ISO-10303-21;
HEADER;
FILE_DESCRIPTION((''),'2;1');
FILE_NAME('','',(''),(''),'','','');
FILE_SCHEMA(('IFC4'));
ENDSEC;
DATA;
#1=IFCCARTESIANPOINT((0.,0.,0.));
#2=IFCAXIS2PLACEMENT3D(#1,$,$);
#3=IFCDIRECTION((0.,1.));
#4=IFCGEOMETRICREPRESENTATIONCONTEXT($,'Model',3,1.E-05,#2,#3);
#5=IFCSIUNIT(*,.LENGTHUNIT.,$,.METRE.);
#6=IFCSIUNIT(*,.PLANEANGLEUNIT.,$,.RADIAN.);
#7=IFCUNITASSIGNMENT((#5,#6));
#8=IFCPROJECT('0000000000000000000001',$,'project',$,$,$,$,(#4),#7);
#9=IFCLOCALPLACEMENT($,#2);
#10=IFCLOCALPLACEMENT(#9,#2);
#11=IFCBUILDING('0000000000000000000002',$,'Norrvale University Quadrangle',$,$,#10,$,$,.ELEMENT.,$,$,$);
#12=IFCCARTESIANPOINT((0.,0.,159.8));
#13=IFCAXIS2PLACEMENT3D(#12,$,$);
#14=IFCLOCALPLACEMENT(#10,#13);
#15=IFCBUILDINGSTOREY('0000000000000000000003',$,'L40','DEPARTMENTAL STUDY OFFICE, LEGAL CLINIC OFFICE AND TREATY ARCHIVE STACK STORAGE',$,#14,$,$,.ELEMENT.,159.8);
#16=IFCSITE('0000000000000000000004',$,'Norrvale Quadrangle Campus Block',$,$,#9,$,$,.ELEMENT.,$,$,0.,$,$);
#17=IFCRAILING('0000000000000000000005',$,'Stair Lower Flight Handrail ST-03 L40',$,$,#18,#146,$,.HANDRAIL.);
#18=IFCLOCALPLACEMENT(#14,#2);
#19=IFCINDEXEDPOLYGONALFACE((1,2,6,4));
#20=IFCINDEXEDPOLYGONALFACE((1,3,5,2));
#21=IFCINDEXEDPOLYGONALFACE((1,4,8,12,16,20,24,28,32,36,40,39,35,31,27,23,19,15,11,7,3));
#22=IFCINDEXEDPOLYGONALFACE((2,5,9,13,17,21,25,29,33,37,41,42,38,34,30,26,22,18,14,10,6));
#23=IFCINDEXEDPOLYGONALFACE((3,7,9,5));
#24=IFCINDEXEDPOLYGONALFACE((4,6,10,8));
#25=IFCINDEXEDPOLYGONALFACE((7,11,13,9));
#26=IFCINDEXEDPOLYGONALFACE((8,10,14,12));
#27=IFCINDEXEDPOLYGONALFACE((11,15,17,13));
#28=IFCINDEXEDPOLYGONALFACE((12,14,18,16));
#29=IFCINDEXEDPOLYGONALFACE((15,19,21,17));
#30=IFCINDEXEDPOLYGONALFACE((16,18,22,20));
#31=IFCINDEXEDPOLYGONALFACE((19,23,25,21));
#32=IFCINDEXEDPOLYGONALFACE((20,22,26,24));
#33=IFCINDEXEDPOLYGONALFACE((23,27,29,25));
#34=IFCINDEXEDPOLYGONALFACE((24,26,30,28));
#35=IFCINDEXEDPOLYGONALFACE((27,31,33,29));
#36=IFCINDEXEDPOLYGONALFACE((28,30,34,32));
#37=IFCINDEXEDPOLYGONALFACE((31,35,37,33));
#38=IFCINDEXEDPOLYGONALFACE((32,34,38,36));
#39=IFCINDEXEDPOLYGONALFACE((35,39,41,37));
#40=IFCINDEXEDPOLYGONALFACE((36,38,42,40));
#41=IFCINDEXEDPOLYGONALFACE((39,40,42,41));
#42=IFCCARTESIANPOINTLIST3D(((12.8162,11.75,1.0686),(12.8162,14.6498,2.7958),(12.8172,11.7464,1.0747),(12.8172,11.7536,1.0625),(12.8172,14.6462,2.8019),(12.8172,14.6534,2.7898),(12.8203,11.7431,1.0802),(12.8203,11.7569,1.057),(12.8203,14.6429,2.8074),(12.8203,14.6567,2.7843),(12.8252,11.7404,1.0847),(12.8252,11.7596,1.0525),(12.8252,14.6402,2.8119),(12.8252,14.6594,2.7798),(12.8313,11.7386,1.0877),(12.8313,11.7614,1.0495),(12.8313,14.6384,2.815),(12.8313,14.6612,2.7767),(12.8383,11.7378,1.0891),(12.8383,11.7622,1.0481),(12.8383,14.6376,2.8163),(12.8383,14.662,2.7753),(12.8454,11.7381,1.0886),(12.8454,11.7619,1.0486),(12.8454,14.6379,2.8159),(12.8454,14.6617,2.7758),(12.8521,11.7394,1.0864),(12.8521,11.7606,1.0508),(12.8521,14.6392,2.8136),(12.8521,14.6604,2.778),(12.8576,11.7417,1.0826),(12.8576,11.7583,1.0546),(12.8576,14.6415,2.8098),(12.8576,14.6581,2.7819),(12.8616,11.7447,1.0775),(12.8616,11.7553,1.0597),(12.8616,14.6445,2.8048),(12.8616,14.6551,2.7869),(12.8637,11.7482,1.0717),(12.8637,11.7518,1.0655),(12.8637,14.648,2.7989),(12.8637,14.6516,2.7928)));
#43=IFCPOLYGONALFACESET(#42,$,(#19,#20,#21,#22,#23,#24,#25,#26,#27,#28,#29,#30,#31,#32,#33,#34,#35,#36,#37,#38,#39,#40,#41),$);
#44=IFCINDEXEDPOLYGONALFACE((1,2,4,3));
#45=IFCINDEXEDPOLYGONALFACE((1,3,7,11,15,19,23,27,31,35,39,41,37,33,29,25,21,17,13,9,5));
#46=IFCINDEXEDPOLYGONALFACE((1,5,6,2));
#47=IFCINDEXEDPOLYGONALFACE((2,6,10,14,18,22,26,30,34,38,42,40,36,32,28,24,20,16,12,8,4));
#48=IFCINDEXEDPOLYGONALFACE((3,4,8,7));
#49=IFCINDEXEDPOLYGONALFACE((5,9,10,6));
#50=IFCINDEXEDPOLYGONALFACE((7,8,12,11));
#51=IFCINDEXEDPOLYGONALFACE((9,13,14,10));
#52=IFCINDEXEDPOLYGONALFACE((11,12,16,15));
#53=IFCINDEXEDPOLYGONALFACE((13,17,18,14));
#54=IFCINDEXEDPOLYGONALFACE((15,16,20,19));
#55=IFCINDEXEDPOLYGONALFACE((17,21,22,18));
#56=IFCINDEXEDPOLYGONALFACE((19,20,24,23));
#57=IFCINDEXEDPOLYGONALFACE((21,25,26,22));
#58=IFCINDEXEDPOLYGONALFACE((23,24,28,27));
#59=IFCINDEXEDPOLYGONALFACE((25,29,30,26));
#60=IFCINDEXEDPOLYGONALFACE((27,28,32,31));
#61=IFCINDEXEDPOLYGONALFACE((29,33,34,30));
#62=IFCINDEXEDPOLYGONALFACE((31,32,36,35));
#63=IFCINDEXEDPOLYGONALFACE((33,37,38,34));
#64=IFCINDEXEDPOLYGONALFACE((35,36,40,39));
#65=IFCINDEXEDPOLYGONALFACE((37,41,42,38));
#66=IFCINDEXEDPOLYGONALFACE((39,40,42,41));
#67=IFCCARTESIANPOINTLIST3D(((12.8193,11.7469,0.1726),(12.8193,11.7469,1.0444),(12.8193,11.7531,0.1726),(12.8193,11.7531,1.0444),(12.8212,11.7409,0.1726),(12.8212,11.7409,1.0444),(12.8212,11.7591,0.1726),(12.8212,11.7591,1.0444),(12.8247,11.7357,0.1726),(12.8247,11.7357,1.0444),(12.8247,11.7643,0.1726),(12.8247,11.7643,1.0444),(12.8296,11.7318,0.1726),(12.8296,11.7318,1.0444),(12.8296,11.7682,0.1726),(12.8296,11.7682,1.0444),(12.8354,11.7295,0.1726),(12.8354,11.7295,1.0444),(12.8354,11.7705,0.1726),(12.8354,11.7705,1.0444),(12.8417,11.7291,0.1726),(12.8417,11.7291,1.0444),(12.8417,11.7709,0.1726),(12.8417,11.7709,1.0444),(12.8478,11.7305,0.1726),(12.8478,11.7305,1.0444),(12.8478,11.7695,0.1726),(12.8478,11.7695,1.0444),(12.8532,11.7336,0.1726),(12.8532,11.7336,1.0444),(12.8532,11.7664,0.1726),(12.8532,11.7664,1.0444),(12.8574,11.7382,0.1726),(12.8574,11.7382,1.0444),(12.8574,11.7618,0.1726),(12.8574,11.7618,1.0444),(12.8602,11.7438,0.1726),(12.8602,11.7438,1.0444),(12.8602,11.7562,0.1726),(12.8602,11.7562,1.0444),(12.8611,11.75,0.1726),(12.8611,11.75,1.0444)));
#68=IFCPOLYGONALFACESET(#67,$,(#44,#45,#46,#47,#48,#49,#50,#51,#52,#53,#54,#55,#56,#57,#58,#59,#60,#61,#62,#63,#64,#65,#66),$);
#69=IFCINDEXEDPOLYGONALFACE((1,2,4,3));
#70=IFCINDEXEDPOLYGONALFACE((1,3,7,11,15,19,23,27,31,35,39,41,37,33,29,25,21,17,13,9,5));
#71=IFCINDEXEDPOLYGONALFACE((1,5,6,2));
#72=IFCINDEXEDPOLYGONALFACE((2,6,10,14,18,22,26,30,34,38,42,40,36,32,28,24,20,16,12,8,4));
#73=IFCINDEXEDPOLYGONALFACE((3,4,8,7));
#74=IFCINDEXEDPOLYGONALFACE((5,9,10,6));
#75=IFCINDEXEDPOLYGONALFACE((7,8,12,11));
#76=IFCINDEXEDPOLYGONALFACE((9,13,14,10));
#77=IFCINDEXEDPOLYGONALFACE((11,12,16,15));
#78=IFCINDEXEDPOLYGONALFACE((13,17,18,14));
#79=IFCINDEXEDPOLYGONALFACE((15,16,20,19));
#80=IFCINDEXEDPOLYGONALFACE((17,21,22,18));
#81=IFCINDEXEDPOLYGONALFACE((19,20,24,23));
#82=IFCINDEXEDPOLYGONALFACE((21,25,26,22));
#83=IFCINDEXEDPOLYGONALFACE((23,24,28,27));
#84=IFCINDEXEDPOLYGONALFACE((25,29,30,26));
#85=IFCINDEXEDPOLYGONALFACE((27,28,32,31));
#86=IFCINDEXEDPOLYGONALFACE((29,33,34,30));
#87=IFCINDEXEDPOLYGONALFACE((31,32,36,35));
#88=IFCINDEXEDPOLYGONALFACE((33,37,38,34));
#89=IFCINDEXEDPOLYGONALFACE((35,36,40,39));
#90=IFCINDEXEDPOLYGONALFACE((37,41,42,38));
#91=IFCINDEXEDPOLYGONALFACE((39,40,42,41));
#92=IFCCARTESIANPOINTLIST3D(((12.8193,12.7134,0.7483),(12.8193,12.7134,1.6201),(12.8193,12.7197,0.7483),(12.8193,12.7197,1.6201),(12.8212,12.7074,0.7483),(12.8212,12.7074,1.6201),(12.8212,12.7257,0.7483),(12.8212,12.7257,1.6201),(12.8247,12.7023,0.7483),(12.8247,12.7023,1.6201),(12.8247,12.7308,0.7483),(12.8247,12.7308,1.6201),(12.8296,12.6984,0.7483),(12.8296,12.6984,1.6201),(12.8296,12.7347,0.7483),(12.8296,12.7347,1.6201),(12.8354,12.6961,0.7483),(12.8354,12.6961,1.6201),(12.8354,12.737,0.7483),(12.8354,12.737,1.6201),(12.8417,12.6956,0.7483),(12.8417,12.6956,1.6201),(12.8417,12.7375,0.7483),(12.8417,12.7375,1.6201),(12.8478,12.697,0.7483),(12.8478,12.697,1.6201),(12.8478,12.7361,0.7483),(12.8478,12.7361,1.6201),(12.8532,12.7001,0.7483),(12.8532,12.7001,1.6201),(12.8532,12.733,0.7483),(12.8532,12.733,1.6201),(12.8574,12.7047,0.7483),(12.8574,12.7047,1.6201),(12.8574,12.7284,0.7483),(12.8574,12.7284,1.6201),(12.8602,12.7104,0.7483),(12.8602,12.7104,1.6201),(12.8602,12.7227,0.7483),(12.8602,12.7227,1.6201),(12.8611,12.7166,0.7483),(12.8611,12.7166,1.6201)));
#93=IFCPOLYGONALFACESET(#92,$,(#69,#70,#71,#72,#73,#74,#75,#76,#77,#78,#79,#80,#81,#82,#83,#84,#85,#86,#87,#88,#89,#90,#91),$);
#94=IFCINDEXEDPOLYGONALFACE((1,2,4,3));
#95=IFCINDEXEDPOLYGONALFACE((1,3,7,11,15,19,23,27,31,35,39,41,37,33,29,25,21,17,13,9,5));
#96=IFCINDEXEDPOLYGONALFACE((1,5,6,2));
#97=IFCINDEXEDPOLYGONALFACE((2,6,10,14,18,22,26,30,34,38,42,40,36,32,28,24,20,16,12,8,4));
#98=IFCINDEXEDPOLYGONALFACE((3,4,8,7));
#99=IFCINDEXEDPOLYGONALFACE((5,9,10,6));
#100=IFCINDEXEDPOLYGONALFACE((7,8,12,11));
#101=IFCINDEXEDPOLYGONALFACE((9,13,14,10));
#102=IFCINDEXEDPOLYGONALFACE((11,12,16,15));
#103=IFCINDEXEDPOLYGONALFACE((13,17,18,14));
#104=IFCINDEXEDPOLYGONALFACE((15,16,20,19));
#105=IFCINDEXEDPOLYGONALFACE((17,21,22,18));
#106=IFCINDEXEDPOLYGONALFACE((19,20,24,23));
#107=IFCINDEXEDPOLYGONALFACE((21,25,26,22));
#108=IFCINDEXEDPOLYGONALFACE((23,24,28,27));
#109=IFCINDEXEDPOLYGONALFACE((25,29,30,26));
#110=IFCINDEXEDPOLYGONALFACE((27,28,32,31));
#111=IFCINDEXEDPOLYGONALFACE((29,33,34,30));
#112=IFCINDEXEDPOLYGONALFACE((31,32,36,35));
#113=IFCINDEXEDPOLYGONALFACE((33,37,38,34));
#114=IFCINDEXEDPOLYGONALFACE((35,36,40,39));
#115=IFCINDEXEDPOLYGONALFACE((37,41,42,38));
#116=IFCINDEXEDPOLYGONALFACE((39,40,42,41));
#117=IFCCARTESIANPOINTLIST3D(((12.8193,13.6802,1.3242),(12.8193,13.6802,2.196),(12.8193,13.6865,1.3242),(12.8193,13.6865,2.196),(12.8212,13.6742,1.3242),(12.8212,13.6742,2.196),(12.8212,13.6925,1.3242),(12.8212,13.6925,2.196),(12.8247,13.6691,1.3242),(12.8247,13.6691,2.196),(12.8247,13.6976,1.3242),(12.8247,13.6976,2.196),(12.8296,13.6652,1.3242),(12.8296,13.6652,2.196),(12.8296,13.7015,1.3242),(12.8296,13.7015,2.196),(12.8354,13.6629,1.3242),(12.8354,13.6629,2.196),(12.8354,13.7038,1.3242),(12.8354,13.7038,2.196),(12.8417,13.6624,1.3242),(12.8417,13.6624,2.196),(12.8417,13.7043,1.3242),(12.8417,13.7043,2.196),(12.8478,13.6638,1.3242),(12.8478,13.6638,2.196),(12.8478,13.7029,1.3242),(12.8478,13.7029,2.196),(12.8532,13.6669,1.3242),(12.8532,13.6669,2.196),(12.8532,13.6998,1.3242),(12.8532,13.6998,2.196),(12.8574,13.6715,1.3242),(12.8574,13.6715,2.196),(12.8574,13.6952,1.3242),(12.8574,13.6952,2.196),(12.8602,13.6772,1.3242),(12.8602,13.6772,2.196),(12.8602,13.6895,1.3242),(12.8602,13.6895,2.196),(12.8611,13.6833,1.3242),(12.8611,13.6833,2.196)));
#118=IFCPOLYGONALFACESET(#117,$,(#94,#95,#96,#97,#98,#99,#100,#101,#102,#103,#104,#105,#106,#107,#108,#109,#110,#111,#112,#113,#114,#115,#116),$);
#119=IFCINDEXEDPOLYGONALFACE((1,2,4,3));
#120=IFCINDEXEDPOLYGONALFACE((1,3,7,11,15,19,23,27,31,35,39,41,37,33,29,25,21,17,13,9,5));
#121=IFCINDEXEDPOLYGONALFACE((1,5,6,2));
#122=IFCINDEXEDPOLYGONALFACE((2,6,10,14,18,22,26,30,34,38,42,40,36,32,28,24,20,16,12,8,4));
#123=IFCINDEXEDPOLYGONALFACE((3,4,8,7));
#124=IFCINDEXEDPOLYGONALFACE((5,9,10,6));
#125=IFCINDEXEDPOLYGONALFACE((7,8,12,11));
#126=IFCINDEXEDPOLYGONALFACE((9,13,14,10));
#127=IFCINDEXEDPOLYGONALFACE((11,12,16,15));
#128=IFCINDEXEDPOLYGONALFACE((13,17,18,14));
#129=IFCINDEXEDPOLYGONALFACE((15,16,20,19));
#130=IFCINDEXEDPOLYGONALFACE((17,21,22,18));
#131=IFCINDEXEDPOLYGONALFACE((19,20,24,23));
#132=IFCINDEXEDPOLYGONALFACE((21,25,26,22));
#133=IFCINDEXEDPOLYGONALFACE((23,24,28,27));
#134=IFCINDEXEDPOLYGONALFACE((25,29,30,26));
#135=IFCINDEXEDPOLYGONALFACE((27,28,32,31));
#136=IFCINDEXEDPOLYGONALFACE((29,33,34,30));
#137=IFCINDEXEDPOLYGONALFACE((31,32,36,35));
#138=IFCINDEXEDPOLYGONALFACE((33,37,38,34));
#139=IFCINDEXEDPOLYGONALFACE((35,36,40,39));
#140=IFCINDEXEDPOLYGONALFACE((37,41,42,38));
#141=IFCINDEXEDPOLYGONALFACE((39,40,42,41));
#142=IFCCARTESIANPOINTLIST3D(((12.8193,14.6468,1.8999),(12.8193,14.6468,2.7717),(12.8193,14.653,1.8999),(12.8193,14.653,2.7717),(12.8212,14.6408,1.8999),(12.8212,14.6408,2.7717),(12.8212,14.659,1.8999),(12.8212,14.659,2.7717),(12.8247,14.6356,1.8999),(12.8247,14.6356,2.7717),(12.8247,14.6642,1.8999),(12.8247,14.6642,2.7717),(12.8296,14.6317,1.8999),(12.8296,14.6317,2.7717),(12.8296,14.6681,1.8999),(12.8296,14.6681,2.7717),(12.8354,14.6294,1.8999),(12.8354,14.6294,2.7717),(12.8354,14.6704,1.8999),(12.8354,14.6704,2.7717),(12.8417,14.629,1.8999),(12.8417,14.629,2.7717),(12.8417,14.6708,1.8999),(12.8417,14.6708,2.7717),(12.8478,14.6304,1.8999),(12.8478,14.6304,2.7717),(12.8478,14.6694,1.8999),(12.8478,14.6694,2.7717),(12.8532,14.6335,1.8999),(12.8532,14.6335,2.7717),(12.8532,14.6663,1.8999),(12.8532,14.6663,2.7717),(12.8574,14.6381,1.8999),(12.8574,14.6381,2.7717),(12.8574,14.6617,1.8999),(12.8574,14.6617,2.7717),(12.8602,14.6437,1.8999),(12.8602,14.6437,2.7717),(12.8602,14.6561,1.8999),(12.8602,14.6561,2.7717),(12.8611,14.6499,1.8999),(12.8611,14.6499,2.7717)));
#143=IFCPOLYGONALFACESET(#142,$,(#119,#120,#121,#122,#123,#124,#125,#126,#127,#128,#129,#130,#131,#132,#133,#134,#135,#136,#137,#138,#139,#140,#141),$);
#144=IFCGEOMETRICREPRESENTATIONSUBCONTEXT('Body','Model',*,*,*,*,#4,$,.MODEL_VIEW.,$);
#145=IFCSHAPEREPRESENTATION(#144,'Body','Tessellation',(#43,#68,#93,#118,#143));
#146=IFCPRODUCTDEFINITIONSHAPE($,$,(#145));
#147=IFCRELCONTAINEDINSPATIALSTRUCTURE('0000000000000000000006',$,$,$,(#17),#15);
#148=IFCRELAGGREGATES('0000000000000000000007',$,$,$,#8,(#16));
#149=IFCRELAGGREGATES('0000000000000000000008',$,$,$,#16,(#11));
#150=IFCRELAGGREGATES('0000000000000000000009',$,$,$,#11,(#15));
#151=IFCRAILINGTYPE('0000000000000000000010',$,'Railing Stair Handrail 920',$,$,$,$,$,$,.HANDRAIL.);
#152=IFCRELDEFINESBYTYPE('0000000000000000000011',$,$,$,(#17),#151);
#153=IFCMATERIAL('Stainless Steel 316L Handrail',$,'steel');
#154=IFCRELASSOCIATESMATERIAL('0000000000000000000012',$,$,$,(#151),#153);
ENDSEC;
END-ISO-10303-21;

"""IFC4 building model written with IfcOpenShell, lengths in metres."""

from ifc_helpers import new_model, si_unit, direction, frame, origin, origin_2d, place, context, subcontext, project, spatial, circle, extrude, material, type_object, element, save


model = new_model("IFC4")

# Units and contexts
model_context = context("Model", 3, precision=1e-05, world=origin(), true_north=direction((0.0, 1.0)))
body_context = subcontext(model_context, "Body", "Model", "MODEL_VIEW")
ifc_project = project(units=[si_unit("LENGTHUNIT", "METRE"), si_unit("PLANEANGLEUNIT", "RADIAN")], contexts=[model_context])

# Site, building, storey
site_placement = place(None, origin())
site = spatial("IfcSite", under=ifc_project, at=site_placement, Name="Norrvale Quadrangle Campus Block", CompositionType="ELEMENT", RefElevation=0.0)
building_placement = place(site_placement, origin())
building = spatial("IfcBuilding", under=site, at=building_placement, Name="Norrvale University Quadrangle", CompositionType="ELEMENT")
storey_placement = place(building_placement, frame((0.0, 0.0, 159.8)))
storey = spatial("IfcBuildingStorey", under=building, at=storey_placement, Name="L40", Description="DEPARTMENTAL STUDY OFFICE, LEGAL CLINIC OFFICE AND TREATY ARCHIVE STACK STORAGE", CompositionType="ELEMENT", Elevation=159.8)

# Railing
ifc_material_1 = material(Name="Stainless Steel 316L Handrail", Category="steel")
railing_type_1 = type_object("IfcRailingType", Name="Railing Stair Handrail 920", PredefinedType="HANDRAIL", material=ifc_material_1)
railing_1_placement = place(storey_placement, frame((12.8401, 11.75, 0.1726)))
element("IfcRailing", 1, at=railing_1_placement, inside=storey, type_object=railing_type_1, Name="Stair Lower Flight Handrail ST-03 L40", PredefinedType="HANDRAIL", context=body_context, shape_type="SweptSolid", body=[
    extrude(circle(Radius=0.0239, at=origin_2d()), frame((0.0, 0.0, 0.896), z_axis=(0.0, 0.859141, 0.511738), x_axis=(-1.0, 0.0, 0.0)), (0.0, 0.0, 1.0), 3.3752),
    extrude(circle(Radius=0.021, at=origin_2d()), origin(), (0.0, 0.0, 1.0), 0.8718),
    extrude(circle(Radius=0.021, at=origin_2d()), frame((0.0, 0.9666, 0.5757)), (0.0, 0.0, 1.0), 0.8718),
    extrude(circle(Radius=0.021, at=origin_2d()), frame((0.0, 1.9333, 1.1516)), (0.0, 0.0, 1.0), 0.8718),
    extrude(circle(Radius=0.021, at=origin_2d()), frame((0.0, 2.8999, 1.7273)), (0.0, 0.0, 1.0), 0.8718),
])

save(model, "model.ifc")
